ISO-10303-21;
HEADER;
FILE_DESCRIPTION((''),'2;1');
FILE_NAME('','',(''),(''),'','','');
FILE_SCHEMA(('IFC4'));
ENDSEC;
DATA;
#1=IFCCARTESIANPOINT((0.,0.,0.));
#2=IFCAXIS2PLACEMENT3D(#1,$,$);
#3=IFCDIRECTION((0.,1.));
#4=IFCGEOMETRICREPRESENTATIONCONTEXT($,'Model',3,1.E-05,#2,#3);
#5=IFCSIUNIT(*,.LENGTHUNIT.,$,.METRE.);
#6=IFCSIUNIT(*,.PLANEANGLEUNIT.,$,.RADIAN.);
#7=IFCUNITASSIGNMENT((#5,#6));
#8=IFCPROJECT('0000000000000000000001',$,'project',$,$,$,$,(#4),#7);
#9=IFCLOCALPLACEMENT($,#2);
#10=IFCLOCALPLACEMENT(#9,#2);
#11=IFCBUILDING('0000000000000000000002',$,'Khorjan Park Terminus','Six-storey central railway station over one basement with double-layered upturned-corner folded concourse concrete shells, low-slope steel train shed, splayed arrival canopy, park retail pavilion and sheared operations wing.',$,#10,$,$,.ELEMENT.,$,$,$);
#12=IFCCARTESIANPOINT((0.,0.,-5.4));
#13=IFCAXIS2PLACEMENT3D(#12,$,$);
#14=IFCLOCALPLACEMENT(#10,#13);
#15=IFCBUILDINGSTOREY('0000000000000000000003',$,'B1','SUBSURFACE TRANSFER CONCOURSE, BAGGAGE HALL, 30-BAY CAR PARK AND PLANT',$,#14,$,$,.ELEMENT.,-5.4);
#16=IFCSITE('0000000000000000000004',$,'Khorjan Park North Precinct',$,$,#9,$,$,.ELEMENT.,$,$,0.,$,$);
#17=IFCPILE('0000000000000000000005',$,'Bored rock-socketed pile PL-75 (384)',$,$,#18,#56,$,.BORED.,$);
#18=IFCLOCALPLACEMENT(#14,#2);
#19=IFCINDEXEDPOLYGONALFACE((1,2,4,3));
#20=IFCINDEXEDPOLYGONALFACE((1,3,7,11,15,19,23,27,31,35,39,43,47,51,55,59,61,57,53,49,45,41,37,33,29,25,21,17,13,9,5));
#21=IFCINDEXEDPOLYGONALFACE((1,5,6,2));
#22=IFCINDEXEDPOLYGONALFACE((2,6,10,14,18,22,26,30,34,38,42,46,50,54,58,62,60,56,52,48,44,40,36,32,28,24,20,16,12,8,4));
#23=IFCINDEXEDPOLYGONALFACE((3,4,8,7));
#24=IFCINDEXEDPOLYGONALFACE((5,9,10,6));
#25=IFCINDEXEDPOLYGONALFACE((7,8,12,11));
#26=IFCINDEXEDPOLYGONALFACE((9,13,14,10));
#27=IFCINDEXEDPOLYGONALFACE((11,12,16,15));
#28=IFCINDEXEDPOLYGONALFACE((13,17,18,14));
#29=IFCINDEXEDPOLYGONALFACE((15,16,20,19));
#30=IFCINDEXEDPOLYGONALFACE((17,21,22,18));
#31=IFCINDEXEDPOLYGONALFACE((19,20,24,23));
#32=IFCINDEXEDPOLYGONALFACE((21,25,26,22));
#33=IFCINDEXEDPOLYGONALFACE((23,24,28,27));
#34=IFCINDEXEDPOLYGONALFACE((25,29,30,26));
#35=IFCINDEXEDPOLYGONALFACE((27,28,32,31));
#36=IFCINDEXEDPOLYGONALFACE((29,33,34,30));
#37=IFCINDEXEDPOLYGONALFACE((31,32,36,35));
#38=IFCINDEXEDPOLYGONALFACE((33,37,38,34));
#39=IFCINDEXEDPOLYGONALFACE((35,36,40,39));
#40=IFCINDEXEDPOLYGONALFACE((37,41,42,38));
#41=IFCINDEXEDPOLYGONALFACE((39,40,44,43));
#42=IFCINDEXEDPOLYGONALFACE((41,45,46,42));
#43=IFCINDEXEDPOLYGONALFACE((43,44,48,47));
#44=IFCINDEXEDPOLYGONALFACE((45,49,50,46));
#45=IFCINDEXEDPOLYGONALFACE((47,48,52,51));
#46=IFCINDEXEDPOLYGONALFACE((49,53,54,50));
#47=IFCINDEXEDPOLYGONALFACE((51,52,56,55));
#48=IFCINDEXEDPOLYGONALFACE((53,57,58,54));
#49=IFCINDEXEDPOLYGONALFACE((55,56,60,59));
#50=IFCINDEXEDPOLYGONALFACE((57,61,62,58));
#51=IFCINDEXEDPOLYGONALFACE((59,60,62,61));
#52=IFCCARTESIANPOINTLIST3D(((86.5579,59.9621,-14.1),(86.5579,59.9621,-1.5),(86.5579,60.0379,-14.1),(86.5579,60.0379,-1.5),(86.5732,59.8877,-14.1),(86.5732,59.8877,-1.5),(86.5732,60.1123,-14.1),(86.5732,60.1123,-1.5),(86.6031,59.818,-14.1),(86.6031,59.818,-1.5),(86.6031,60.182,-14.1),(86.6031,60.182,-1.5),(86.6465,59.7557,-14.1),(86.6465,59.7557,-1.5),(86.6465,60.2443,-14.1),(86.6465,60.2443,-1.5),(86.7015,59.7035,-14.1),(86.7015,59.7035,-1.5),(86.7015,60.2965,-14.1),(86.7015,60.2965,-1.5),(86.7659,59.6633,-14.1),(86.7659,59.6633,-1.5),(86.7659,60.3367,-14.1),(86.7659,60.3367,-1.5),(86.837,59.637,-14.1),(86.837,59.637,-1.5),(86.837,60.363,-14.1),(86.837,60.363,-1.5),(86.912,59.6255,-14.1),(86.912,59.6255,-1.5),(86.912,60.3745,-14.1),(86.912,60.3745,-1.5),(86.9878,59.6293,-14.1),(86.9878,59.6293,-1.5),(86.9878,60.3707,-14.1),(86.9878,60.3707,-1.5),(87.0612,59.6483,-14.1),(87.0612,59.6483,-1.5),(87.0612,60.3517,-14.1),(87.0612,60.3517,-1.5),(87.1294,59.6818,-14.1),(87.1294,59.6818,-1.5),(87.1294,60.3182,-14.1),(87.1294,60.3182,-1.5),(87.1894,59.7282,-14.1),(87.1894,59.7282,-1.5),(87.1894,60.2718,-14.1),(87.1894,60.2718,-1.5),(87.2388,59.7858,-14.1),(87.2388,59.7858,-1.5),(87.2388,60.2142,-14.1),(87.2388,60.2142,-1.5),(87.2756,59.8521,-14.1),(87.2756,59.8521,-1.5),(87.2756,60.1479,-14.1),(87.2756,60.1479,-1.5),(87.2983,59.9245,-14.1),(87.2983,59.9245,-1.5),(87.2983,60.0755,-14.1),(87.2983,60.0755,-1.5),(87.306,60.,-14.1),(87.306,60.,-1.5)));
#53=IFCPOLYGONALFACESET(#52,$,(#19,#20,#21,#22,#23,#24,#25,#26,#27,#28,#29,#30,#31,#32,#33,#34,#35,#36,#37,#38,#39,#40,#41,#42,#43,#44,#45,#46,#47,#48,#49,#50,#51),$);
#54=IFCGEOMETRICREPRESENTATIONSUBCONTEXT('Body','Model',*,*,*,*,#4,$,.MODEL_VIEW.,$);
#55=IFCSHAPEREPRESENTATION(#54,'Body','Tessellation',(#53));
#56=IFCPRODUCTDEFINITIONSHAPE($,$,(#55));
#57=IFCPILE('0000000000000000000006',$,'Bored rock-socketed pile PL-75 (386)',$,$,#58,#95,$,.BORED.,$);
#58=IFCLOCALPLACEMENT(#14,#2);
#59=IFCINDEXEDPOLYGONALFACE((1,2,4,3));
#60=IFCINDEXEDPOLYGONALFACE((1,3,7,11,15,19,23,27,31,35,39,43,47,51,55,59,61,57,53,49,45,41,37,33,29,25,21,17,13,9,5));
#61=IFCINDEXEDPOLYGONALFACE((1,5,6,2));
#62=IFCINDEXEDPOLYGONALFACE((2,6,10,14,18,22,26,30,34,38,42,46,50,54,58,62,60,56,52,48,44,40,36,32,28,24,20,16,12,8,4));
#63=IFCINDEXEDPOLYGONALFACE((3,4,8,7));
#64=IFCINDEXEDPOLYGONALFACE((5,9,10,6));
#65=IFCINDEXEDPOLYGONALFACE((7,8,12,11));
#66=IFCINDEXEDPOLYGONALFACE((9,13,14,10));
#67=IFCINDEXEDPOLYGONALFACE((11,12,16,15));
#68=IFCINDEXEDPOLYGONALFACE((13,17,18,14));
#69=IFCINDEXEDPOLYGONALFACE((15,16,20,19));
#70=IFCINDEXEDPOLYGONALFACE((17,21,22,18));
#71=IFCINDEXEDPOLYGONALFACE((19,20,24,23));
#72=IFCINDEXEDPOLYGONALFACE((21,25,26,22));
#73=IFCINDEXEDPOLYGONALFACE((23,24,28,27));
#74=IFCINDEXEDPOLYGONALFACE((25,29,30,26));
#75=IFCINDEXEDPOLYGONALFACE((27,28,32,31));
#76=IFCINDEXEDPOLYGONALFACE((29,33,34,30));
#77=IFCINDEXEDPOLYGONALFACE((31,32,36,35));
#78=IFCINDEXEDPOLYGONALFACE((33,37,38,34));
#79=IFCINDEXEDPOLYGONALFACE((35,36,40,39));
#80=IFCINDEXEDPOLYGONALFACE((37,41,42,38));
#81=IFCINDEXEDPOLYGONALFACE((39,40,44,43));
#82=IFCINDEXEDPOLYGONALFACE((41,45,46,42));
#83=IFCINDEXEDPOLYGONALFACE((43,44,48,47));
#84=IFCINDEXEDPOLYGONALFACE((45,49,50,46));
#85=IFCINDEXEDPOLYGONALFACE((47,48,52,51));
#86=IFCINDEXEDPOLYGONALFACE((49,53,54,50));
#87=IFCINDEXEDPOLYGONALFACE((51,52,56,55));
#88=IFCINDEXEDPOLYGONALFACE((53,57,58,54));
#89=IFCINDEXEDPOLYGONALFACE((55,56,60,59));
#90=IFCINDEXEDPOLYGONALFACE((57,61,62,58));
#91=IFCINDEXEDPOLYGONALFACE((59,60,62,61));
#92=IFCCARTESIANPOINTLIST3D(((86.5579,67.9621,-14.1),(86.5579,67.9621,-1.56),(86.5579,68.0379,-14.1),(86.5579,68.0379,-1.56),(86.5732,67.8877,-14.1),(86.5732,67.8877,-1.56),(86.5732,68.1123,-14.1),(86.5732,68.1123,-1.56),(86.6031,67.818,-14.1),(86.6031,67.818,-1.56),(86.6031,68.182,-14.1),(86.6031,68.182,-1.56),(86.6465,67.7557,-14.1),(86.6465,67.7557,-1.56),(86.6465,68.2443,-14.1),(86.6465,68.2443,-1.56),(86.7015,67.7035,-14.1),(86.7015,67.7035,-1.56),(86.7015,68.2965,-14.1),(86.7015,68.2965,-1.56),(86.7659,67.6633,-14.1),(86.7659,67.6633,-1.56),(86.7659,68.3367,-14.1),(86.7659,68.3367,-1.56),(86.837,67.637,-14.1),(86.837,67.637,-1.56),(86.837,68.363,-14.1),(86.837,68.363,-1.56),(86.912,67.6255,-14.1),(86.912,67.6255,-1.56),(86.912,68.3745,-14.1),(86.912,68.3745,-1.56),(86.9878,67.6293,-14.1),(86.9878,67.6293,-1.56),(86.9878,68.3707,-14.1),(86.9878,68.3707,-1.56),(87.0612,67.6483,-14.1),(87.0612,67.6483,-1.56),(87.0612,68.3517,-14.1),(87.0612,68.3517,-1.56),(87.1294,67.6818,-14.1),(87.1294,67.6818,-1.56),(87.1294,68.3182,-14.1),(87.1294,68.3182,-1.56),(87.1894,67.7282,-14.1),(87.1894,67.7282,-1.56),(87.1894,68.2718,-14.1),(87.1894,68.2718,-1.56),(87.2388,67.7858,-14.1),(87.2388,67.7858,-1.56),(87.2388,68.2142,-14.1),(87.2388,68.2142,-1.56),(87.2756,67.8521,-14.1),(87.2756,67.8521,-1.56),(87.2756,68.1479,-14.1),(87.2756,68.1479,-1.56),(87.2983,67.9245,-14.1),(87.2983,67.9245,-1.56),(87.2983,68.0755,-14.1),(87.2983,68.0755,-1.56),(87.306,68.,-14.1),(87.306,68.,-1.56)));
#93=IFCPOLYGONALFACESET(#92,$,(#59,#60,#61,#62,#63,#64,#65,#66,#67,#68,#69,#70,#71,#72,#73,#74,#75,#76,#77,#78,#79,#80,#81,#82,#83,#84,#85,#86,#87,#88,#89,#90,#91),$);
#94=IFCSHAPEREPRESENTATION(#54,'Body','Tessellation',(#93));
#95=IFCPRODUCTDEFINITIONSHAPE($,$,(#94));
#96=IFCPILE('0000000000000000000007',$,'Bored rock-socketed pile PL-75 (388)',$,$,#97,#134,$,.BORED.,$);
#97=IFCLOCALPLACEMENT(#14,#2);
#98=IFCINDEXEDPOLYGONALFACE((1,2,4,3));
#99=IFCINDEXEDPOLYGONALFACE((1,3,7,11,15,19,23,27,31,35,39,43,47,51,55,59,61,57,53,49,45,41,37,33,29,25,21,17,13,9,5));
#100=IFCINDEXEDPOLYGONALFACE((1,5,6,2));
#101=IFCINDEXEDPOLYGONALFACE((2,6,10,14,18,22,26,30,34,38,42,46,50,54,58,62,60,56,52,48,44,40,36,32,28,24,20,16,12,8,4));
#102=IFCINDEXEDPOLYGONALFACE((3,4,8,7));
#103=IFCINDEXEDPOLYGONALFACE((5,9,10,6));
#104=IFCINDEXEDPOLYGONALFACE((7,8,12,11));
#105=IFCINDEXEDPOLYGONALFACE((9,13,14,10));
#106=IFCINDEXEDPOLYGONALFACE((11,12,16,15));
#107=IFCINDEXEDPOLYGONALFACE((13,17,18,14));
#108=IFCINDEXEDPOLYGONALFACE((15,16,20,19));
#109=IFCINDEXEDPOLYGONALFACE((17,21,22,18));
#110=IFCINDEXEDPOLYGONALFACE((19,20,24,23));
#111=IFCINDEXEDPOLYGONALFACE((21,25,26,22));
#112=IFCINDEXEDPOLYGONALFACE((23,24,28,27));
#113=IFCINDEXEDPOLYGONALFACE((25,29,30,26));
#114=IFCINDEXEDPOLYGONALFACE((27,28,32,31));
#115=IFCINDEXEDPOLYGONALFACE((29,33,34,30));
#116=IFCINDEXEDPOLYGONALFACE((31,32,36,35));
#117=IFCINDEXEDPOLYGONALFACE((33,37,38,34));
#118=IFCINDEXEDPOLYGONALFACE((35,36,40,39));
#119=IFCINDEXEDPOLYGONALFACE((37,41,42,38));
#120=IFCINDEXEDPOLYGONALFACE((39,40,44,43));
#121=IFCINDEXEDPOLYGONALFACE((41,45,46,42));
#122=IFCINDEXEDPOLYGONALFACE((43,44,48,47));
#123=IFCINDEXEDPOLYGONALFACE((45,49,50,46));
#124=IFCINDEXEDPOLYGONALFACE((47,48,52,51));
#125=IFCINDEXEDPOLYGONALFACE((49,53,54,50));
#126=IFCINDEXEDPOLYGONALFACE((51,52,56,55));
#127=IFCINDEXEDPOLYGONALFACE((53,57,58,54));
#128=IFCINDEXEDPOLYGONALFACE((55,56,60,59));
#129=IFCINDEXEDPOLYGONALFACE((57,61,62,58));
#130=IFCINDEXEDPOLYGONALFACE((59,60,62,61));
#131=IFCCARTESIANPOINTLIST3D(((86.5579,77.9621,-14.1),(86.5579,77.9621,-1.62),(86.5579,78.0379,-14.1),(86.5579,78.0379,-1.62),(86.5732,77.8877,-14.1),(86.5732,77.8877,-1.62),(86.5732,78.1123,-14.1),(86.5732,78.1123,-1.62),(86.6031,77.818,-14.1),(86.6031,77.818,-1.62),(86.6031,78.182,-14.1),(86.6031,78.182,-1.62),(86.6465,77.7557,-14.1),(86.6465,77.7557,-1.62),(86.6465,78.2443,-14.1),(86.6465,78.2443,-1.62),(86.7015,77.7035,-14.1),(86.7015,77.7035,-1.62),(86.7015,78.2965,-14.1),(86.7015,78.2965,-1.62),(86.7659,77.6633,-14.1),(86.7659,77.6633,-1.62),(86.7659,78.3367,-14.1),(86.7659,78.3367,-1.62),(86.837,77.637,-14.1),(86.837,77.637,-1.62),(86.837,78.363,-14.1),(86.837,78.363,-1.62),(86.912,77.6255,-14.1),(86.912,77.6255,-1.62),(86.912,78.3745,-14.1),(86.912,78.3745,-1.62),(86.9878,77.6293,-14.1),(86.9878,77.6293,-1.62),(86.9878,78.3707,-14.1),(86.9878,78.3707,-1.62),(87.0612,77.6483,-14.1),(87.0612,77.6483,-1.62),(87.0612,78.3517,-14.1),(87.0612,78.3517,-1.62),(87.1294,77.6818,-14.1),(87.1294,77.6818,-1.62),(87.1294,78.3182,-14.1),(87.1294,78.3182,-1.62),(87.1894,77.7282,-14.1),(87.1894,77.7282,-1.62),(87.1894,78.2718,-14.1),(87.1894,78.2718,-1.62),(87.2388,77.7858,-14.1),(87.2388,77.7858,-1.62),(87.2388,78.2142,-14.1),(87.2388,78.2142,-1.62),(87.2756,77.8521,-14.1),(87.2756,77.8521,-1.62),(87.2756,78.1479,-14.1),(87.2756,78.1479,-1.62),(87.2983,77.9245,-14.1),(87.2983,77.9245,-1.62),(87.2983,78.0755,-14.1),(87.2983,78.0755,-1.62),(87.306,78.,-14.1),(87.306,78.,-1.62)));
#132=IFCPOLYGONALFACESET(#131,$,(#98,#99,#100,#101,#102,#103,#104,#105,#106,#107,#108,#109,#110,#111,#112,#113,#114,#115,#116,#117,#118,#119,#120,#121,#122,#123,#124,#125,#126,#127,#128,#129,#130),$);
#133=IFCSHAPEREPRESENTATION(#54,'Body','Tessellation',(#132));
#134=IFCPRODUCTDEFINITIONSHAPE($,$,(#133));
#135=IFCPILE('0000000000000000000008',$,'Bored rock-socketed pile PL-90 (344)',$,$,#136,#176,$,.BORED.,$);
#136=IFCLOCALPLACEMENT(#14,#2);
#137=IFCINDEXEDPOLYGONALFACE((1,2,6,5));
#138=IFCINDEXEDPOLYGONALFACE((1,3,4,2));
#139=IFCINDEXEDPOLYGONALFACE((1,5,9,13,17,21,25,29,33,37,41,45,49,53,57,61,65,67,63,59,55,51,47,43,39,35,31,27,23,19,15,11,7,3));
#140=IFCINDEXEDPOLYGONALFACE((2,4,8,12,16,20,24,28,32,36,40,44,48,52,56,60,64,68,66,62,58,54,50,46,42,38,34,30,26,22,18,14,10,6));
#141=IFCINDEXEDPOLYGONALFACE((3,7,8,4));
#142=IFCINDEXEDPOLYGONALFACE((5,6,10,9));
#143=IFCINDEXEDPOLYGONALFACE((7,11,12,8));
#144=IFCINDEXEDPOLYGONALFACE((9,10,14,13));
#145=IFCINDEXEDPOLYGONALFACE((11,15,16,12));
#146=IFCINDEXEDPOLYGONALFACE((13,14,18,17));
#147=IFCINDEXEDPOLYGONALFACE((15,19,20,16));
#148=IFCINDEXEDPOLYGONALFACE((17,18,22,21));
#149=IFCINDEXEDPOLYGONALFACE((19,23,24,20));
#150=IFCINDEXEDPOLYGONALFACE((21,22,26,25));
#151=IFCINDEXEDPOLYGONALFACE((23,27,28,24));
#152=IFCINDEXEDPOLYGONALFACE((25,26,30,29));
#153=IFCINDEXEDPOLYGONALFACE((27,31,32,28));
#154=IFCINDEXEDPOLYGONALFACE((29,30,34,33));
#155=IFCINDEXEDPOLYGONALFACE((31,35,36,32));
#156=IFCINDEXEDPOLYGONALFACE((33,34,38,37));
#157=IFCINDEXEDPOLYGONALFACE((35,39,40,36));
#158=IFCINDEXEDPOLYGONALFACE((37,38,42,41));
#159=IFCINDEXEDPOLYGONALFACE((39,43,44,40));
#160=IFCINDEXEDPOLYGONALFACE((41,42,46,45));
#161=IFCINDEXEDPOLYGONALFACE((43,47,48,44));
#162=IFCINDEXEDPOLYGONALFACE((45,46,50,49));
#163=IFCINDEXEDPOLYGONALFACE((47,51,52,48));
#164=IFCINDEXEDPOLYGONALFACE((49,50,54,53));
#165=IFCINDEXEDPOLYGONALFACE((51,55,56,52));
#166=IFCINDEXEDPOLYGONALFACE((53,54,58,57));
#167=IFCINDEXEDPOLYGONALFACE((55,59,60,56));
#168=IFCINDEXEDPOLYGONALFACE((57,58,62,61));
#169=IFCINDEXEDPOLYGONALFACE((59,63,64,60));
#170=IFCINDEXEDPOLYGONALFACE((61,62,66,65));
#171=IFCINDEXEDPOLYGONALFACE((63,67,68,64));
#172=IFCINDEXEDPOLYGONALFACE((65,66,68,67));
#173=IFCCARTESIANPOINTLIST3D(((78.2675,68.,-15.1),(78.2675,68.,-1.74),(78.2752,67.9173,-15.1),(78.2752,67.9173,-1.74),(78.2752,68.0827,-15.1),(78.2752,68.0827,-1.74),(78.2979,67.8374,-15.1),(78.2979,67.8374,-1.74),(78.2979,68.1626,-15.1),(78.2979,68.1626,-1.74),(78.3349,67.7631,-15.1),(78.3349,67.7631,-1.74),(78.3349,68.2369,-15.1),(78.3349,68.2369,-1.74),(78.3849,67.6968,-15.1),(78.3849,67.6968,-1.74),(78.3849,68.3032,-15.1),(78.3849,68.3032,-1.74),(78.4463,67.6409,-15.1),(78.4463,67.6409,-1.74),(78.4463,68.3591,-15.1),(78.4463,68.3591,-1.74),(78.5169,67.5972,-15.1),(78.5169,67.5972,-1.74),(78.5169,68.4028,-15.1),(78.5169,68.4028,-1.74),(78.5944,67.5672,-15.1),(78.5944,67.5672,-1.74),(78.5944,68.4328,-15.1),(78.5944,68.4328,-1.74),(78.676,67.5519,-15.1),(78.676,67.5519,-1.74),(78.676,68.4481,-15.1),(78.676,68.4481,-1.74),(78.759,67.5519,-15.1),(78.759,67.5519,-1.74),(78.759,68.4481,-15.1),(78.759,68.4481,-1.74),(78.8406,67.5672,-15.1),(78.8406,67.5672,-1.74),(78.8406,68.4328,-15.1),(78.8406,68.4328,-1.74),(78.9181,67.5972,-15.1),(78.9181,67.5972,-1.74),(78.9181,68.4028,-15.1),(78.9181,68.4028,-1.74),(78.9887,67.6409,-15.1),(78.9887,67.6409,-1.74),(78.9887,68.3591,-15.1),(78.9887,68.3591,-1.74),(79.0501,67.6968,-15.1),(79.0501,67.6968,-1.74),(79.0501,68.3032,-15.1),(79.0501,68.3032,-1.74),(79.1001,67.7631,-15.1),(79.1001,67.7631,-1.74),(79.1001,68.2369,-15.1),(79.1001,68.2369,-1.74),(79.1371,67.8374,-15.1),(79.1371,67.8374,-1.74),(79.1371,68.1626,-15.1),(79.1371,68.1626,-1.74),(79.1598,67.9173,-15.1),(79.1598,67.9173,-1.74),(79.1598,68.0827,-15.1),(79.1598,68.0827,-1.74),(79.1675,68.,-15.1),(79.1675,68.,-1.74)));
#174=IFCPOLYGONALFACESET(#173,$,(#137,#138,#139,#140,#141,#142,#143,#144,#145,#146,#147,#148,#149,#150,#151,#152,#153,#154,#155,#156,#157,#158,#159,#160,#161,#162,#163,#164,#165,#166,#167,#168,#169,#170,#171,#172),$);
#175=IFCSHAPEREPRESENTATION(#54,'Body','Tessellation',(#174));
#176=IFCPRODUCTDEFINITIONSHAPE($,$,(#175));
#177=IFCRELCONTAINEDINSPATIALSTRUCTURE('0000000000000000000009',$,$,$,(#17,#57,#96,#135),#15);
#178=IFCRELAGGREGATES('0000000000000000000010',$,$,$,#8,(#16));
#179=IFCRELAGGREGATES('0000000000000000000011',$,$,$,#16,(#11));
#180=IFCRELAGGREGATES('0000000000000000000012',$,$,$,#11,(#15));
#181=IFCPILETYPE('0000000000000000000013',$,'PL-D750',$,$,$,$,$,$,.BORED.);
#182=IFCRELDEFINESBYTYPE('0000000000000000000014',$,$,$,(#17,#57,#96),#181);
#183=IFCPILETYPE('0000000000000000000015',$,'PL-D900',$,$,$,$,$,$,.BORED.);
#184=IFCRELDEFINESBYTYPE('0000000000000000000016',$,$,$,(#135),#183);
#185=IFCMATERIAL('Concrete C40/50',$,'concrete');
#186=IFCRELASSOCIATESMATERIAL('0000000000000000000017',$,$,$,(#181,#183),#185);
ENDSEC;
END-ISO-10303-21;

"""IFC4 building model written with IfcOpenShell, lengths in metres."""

from ifc_helpers import new_model, si_unit, direction, frame, origin, origin_2d, place, context, subcontext, project, spatial, circle, extrude, material, material_profile, profile_set, type_object, element, save


model = new_model("IFC4")

# Units and contexts
model_context = context("Model", 3, precision=1e-05, world=origin(), true_north=direction((0.0, 1.0)))
body_context = subcontext(model_context, "Body", "Model", "MODEL_VIEW")
ifc_project = project(units=[si_unit("LENGTHUNIT", "METRE"), si_unit("PLANEANGLEUNIT", "RADIAN")], contexts=[model_context])

# Site, building, storey
site_placement = place(None, origin())
site = spatial("IfcSite", under=ifc_project, at=site_placement, Name="Khorjan Park North Precinct", CompositionType="ELEMENT", RefElevation=0.0)
building_placement = place(site_placement, origin())
building = spatial("IfcBuilding", under=site, at=building_placement, Name="Khorjan Park Terminus", Description="Six-storey central railway station over one basement with double-layered upturned-corner folded concourse concrete shells, low-slope steel train shed, splayed arrival canopy, park retail pavilion and sheared operations wing.", CompositionType="ELEMENT")
storey_placement = place(building_placement, frame((0.0, 0.0, -5.4)))
storey = spatial("IfcBuildingStorey", under=building, at=storey_placement, Name="B1", Description="SUBSURFACE TRANSFER CONCOURSE, BAGGAGE HALL, 30-BAY CAR PARK AND PLANT", CompositionType="ELEMENT", Elevation=-5.4)

# Shared definitions
ifc_material_1 = material(Name="Concrete C40/50", Category="concrete")

# Piles
ifc_material_profile_1 = material_profile(ifc_material_1, circle(Radius=0.375, at=origin_2d()), Name="BORED D750")
ifc_profile_set_1 = profile_set([ifc_material_profile_1], Name="Concrete C40/50")
pile_type_1 = type_object("IfcPileType", Name="PL-D750", PredefinedType="BORED", material=ifc_profile_set_1)
pile_1_placement = place(storey_placement, frame((86.931, 60.0, -1.5), z_axis=(0.0, 0.0, -1.0), x_axis=(1.0, 0.0, 0.0)))
element("IfcPile", 1, at=pile_1_placement, inside=storey, type_object=pile_type_1, Name="Bored rock-socketed pile PL-75 (384)", PredefinedType="BORED", context=body_context, shape_type="SweptSolid", body=[
    extrude(circle(Radius=0.375, at=origin_2d()), origin(), (0.0, 0.0, 1.0), 12.6),
])
pile_2_placement = place(storey_placement, frame((86.931, 68.0, -1.56), z_axis=(0.0, 0.0, -1.0), x_axis=(1.0, 0.0, 0.0)))
element("IfcPile", 2, at=pile_2_placement, inside=storey, type_object=pile_type_1, Name="Bored rock-socketed pile PL-75 (386)", PredefinedType="BORED", context=body_context, shape_type="SweptSolid", body=[
    extrude(circle(Radius=0.375, at=origin_2d()), origin(), (0.0, 0.0, 1.0), 12.54),
])
pile_3_placement = place(storey_placement, frame((86.931, 78.0, -1.62), z_axis=(0.0, 0.0, -1.0), x_axis=(1.0, 0.0, 0.0)))
element("IfcPile", 3, at=pile_3_placement, inside=storey, type_object=pile_type_1, Name="Bored rock-socketed pile PL-75 (388)", PredefinedType="BORED", context=body_context, shape_type="SweptSolid", body=[
    extrude(circle(Radius=0.375, at=origin_2d()), origin(), (0.0, 0.0, 1.0), 12.48),
])
ifc_material_profile_2 = material_profile(ifc_material_1, circle(Radius=0.45, at=origin_2d()), Name="BORED D900")
ifc_profile_set_2 = profile_set([ifc_material_profile_2], Name="Concrete C40/50")
pile_type_2 = type_object("IfcPileType", Name="PL-D900", PredefinedType="BORED", material=ifc_profile_set_2)
for number, where, z_axis, x_axis, name in (
    (4, (78.7175, 68.0, -1.74), (0.0, 0.0, -1.0), (1.0, 0.0, 0.0), "Bored rock-socketed pile PL-90 (344)"),
):
    element("IfcPile", number, at=place(storey_placement, frame(where, z_axis=z_axis, x_axis=x_axis)), inside=storey, type_object=pile_type_2, Name=name, PredefinedType="BORED", context=body_context, shape_type="SweptSolid", body=[
        extrude(circle(Radius=0.45, at=origin_2d()), origin(), (0.0, 0.0, 1.0), 13.36),
    ])

save(model, "model.ifc")
